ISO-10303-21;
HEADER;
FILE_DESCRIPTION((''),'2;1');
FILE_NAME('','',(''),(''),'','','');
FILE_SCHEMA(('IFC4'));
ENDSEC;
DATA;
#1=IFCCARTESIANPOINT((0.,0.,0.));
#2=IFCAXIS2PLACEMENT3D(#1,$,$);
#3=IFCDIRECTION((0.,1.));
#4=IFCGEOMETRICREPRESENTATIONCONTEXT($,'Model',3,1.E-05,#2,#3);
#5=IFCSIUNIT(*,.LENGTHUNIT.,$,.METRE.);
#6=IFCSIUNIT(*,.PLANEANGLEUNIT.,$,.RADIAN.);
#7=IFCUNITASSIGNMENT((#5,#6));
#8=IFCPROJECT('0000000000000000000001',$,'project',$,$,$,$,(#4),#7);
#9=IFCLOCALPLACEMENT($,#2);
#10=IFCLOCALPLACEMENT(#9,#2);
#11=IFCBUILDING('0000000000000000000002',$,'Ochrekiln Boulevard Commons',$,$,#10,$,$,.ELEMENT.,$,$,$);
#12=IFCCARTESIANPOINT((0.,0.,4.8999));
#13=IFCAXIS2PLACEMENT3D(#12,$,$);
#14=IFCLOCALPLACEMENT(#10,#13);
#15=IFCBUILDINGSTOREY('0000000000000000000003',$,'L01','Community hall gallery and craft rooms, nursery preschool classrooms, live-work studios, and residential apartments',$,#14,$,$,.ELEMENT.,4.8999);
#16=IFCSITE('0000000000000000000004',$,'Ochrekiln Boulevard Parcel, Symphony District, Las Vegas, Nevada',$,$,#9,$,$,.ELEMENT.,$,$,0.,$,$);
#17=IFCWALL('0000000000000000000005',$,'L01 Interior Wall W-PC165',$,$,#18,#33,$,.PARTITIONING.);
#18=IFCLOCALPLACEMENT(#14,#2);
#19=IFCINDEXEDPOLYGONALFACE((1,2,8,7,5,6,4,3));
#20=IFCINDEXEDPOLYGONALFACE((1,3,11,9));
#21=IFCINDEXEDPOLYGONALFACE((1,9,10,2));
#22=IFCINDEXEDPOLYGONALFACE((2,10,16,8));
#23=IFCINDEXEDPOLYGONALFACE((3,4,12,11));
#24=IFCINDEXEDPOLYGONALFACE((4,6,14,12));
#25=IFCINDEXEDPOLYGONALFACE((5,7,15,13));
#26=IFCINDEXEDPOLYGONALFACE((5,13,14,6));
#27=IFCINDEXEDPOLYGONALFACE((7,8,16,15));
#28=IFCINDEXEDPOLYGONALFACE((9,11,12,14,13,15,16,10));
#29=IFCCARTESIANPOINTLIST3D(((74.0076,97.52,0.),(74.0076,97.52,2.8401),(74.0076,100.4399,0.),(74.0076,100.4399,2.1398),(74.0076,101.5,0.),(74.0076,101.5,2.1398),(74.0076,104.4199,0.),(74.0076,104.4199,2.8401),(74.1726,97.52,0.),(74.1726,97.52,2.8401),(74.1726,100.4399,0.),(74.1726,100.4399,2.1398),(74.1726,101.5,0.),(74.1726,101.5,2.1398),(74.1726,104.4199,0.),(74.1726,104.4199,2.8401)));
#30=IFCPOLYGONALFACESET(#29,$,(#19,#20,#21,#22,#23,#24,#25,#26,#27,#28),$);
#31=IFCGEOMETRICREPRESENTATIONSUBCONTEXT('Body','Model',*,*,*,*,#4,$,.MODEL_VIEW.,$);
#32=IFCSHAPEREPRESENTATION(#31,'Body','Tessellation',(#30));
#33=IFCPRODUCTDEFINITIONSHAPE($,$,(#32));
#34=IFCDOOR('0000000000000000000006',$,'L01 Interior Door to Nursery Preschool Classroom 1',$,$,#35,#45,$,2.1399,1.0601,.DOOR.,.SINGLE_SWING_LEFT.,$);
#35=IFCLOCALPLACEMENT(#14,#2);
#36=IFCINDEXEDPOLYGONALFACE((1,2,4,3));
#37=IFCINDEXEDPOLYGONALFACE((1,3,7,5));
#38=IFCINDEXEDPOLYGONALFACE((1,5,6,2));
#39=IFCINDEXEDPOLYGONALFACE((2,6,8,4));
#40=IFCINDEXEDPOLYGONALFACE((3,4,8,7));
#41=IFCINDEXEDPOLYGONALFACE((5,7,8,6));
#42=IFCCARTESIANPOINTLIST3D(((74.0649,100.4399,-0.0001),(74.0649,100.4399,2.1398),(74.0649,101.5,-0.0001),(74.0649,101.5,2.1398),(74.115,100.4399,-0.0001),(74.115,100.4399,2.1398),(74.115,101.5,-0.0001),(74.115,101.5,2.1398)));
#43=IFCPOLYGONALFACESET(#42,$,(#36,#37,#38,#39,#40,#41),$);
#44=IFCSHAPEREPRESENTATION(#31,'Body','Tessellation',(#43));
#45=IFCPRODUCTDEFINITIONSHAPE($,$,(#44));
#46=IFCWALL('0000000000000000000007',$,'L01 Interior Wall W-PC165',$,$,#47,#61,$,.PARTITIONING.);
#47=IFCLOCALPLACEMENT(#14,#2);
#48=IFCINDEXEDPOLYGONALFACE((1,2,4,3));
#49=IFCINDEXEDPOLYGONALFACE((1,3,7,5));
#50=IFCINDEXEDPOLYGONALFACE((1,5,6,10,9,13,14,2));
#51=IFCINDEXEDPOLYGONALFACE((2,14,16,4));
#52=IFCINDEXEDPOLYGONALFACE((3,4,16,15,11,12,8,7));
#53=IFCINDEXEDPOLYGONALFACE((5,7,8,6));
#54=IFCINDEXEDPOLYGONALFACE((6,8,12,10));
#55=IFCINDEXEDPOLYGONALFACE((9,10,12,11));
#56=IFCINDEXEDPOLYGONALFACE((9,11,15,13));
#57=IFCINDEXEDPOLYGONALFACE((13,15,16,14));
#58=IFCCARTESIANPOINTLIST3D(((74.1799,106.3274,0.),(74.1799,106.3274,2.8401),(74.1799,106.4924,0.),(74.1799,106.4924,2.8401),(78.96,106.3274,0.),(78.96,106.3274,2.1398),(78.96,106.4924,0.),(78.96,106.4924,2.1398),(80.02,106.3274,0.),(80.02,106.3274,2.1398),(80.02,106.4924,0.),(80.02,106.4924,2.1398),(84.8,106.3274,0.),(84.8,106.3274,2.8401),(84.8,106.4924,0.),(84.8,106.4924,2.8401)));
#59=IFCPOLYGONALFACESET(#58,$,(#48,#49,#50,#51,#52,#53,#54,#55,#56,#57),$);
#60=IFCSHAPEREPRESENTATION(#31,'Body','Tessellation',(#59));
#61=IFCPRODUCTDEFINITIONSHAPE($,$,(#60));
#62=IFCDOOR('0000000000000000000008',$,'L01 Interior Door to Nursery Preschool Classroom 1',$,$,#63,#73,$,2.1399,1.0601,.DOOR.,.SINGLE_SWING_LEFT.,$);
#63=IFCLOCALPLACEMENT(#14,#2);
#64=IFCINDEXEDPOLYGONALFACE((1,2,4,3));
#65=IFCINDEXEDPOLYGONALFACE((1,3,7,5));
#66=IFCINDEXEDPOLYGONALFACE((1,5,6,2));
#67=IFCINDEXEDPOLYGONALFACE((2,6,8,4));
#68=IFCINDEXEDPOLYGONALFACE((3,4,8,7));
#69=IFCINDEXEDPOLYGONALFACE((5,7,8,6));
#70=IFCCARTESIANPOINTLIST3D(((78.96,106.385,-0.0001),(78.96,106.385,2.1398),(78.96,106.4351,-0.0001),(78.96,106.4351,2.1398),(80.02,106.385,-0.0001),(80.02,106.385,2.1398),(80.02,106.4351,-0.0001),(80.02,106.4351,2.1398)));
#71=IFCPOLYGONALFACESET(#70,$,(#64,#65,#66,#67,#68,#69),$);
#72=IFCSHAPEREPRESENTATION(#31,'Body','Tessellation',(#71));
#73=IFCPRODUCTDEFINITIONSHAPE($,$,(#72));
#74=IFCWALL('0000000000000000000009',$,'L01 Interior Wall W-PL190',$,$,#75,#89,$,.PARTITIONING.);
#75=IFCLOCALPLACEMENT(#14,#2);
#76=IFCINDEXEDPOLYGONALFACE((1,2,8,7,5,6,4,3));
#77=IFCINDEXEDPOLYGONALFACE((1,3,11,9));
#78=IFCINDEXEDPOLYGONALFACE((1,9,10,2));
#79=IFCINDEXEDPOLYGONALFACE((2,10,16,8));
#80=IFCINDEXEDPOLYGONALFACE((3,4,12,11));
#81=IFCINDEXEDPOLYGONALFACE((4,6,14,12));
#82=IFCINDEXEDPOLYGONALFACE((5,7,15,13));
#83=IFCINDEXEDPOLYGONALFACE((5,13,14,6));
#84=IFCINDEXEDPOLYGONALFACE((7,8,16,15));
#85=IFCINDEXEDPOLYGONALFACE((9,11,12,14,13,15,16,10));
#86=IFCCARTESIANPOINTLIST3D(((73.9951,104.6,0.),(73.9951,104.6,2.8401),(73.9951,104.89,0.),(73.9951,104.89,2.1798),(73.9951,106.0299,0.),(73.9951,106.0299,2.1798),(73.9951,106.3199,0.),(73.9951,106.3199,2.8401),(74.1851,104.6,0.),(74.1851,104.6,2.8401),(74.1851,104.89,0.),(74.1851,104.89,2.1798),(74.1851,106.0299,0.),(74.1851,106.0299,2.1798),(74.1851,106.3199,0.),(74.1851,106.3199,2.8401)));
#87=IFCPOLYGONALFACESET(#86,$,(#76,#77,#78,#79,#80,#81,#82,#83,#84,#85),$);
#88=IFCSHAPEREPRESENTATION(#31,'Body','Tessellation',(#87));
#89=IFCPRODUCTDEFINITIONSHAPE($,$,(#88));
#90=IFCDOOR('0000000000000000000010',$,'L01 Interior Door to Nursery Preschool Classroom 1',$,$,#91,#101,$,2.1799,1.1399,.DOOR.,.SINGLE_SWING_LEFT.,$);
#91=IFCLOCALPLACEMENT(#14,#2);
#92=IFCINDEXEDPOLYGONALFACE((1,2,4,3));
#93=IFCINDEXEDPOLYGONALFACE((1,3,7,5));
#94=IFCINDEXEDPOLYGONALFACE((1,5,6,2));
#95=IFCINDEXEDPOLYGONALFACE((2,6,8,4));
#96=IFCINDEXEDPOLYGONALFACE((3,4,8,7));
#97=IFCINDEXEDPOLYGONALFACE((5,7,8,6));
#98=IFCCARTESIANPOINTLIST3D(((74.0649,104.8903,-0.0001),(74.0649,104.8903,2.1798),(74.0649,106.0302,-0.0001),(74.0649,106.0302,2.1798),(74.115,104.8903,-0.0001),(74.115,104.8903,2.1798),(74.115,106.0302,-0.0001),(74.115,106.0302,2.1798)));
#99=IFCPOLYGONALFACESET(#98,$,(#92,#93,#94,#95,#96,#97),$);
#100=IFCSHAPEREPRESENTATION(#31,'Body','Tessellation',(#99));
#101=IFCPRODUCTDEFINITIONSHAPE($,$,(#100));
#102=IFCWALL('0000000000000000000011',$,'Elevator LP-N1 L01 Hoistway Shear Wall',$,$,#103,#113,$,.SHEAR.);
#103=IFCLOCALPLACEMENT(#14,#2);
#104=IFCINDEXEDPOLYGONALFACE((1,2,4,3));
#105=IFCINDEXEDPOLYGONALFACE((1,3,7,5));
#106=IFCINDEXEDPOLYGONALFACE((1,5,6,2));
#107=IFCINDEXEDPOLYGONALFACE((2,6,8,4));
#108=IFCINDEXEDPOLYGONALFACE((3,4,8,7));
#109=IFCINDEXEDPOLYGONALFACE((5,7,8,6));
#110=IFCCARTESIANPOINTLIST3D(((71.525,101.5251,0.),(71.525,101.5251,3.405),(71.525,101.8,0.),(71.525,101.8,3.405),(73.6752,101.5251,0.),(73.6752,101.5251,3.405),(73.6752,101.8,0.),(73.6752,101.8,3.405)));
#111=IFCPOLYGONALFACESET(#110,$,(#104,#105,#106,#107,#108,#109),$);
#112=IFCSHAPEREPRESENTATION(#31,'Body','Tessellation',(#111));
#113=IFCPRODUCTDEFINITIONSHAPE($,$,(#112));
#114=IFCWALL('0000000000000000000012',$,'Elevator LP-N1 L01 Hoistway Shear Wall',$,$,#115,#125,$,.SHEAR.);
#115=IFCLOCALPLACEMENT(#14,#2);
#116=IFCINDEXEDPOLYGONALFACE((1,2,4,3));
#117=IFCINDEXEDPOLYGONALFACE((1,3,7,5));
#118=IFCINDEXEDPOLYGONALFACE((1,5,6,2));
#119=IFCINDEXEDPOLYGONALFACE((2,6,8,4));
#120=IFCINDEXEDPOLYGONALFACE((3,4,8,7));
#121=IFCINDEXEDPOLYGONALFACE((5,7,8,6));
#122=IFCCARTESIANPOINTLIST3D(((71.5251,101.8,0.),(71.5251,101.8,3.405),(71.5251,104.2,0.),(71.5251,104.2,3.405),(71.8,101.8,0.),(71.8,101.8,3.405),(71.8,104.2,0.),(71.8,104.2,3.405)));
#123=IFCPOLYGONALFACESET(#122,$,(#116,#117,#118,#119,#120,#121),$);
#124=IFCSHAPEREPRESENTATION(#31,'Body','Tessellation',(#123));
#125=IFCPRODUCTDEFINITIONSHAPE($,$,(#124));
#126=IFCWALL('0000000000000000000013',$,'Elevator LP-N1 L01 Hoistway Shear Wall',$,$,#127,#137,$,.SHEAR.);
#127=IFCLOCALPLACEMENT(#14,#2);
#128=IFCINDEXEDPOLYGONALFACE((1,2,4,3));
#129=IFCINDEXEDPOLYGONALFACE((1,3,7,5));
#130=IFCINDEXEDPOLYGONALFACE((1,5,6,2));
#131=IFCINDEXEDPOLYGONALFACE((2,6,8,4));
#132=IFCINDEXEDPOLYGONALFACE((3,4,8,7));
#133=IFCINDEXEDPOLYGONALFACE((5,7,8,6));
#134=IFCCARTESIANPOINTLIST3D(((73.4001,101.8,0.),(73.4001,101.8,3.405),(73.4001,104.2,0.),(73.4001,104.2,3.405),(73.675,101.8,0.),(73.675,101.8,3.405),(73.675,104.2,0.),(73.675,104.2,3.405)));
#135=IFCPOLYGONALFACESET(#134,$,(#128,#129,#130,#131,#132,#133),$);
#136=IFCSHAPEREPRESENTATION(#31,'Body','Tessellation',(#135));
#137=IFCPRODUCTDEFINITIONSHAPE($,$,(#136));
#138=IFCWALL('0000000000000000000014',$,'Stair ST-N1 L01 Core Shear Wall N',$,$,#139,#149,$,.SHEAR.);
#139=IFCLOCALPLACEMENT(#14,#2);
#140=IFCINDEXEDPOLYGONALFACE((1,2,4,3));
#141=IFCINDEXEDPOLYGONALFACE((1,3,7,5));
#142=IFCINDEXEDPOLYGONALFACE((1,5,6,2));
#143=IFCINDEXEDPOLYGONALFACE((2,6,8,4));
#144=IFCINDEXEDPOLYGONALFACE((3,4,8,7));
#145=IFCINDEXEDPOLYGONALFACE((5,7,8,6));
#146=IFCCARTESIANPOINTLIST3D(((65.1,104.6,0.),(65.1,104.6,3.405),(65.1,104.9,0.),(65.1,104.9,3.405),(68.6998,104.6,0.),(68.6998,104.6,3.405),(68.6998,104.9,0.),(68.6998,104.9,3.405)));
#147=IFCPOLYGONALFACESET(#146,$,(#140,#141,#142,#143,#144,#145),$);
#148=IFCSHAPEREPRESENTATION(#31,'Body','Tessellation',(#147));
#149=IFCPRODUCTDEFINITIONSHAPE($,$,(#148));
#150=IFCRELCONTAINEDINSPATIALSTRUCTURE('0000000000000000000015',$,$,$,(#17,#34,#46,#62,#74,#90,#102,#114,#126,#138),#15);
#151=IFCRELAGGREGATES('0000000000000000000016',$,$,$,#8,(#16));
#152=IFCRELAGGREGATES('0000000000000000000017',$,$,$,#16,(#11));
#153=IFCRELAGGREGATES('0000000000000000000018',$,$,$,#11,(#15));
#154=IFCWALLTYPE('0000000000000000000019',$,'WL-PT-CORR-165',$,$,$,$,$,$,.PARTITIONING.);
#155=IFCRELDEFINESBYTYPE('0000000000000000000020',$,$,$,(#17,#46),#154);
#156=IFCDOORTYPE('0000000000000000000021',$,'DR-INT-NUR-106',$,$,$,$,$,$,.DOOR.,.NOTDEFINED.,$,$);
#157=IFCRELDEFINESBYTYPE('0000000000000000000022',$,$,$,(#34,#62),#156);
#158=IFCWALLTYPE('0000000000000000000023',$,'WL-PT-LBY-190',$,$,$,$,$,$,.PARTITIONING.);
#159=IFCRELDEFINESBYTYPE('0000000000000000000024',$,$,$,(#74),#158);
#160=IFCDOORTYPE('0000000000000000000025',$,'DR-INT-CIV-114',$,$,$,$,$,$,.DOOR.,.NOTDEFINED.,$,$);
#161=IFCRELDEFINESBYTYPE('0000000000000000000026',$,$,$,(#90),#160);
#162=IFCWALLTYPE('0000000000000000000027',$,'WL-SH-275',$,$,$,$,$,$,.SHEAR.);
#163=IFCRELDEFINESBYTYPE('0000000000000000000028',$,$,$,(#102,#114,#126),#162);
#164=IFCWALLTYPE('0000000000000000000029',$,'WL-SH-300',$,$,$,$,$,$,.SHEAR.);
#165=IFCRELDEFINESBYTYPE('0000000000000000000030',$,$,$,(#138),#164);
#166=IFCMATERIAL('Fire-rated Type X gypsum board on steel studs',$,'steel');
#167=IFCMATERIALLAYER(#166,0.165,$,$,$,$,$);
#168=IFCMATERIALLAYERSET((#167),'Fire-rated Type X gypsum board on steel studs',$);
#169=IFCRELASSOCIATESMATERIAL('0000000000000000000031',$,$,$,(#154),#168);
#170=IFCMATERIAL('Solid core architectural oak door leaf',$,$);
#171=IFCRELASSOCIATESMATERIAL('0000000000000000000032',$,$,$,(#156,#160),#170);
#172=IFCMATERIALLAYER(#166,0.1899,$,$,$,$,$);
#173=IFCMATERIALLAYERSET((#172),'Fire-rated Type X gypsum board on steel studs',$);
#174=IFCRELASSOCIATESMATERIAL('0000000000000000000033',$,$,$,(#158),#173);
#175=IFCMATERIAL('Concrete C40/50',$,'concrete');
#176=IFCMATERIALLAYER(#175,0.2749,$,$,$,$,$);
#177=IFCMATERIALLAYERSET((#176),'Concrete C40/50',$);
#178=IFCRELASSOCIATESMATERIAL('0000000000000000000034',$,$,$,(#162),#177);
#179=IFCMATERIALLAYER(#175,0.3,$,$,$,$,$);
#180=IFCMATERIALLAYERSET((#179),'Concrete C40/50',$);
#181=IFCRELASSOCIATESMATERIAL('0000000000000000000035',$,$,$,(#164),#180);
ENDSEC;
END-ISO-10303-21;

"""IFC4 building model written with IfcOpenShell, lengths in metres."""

from ifc_helpers import new_model, si_unit, direction, frame, frame_2d, origin, place, context, subcontext, project, spatial, rectangle, extrude, material, layer, layer_set, type_object, element, fill, save


model = new_model("IFC4")

# Units and contexts
model_context = context("Model", 3, precision=1e-05, world=origin(), true_north=direction((0.0, 1.0)))
body_context = subcontext(model_context, "Body", "Model", "MODEL_VIEW")
ifc_project = project(units=[si_unit("LENGTHUNIT", "METRE"), si_unit("PLANEANGLEUNIT", "RADIAN")], contexts=[model_context])

# Site, building, storey
site_placement = place(None, origin())
site = spatial("IfcSite", under=ifc_project, at=site_placement, Name="Ochrekiln Boulevard Parcel, Symphony District, Las Vegas, Nevada", CompositionType="ELEMENT", RefElevation=0.0)
building_placement = place(site_placement, origin())
building = spatial("IfcBuilding", under=site, at=building_placement, Name="Ochrekiln Boulevard Commons", CompositionType="ELEMENT")
storey_placement = place(building_placement, frame((0.0, 0.0, 4.8999)))
storey = spatial("IfcBuildingStorey", under=building, at=storey_placement, Name="L01", Description="Community hall gallery and craft rooms, nursery preschool classrooms, live-work studios, and residential apartments", CompositionType="ELEMENT", Elevation=4.8999)

# Shared definitions
ifc_material_1 = material(Name="Concrete C40/50", Category="concrete")

# Walls, openings, doors
ifc_material_2 = material(Name="Fire-rated Type X gypsum board on steel studs", Category="steel")
ifc_layer_1 = layer(ifc_material_2, 0.165)
ifc_layer_set_1 = layer_set([ifc_layer_1], Name="Fire-rated Type X gypsum board on steel studs")
wall_type_1 = type_object("IfcWallType", Name="WL-PT-CORR-165", PredefinedType="PARTITIONING", material=ifc_layer_set_1)
wall_1_placement = place(storey_placement, frame((74.0901, 97.52, 0.0), z_axis=(0.0, 0.0, 1.0), x_axis=(0.0, 1.0, 0.0)))
wall_1 = element("IfcWall", 1, at=wall_1_placement, inside=storey, type_object=wall_type_1, Name="L01 Interior Wall W-PC165", PredefinedType="PARTITIONING", context=body_context, shape_type="SweptSolid", body=[
    extrude(rectangle(XDim=6.8999, YDim=0.165, at=frame_2d((3.45, 0.0))), origin(), (0.0, 0.0, 1.0), 2.8401),
])
opening_1_placement = place(wall_1_placement, frame((2.9199, 0.0, 0.0)))
opening_1 = element("IfcOpeningElement", 2, at=opening_1_placement, cuts=wall_1, PredefinedType="OPENING", context=body_context, shape_type="SweptSolid", body=[
    extrude(rectangle(XDim=1.0601, YDim=2.1399, at=frame_2d((0.53, 1.0698))), frame((0.0, 0.0925, 0.0), z_axis=(0.0, -1.0, 0.0), x_axis=(1.0, 0.0, 0.0)), (0.0, 0.0, 1.0), 0.1851),
])
ifc_material_3 = material(Name="Solid core architectural oak door leaf")
door_type_1 = type_object("IfcDoorType", Name="DR-INT-NUR-106", OperationType="NOTDEFINED", PredefinedType="DOOR", material=ifc_material_3)
door_1_placement = place(opening_1_placement, frame((1.0601, 0.0, 0.0), z_axis=(0.0, 0.0, 1.0), x_axis=(-1.0, 0.0, 0.0)))
door_1 = element("IfcDoor", 3, at=door_1_placement, inside=storey, type_object=door_type_1, Name="L01 Interior Door to Nursery Preschool Classroom 1", OperationType="SINGLE_SWING_LEFT", OverallHeight=2.1399, OverallWidth=1.0601, PredefinedType="DOOR", context=body_context, shape_type="SweptSolid", body=[
    extrude(rectangle(XDim=1.0601, YDim=2.1399, at=frame_2d((0.53, 1.0698))), frame((0.0, 0.0249, 0.0), z_axis=(0.0, -1.0, 0.0), x_axis=(1.0, 0.0, 0.0)), (0.0, 0.0, 1.0), 0.05),
])
fill(opening_1, door_1)
wall_2_placement = place(storey_placement, frame((74.1799, 106.4099, 0.0), z_axis=(0.0, 0.0, 1.0), x_axis=(1.0, 0.0, 0.0)))
wall_2 = element("IfcWall", 4, at=wall_2_placement, inside=storey, type_object=wall_type_1, Name="L01 Interior Wall W-PC165", PredefinedType="PARTITIONING", context=body_context, shape_type="SweptSolid", body=[
    extrude(rectangle(XDim=10.6201, YDim=0.165, at=frame_2d((5.3101, 0.0))), origin(), (0.0, 0.0, 1.0), 2.8401),
])
opening_2_placement = place(wall_2_placement, frame((4.78, 0.0, 0.0)))
opening_2 = element("IfcOpeningElement", 5, at=opening_2_placement, cuts=wall_2, PredefinedType="OPENING", context=body_context, shape_type="SweptSolid", body=[
    extrude(rectangle(XDim=1.0601, YDim=2.1399, at=frame_2d((0.53, 1.0698))), frame((0.0, 0.0925, 0.0), z_axis=(0.0, -1.0, 0.0), x_axis=(1.0, 0.0, 0.0)), (0.0, 0.0, 1.0), 0.1851),
])
door_2_placement = place(opening_2_placement, frame((1.0601, 0.0, 0.0), z_axis=(0.0, 0.0, 1.0), x_axis=(-1.0, 0.0, 0.0)))
door_2 = element("IfcDoor", 6, at=door_2_placement, inside=storey, type_object=door_type_1, Name="L01 Interior Door to Nursery Preschool Classroom 1", OperationType="SINGLE_SWING_LEFT", OverallHeight=2.1399, OverallWidth=1.0601, PredefinedType="DOOR", context=body_context, shape_type="SweptSolid", body=[
    extrude(rectangle(XDim=1.0601, YDim=2.1399, at=frame_2d((0.53, 1.0698))), frame((0.0, 0.0249, 0.0), z_axis=(0.0, -1.0, 0.0), x_axis=(1.0, 0.0, 0.0)), (0.0, 0.0, 1.0), 0.05),
])
fill(opening_2, door_2)
ifc_layer_2 = layer(ifc_material_2, 0.1899)
ifc_layer_set_2 = layer_set([ifc_layer_2], Name="Fire-rated Type X gypsum board on steel studs")
wall_type_2 = type_object("IfcWallType", Name="WL-PT-LBY-190", PredefinedType="PARTITIONING", material=ifc_layer_set_2)
wall_3_placement = place(storey_placement, frame((74.0901, 104.6001, 0.0), z_axis=(0.0, 0.0, 1.0), x_axis=(0.0, 1.0, 0.0)))
wall_3 = element("IfcWall", 7, at=wall_3_placement, inside=storey, type_object=wall_type_2, Name="L01 Interior Wall W-PL190", PredefinedType="PARTITIONING", context=body_context, shape_type="SweptSolid", body=[
    extrude(rectangle(XDim=1.72, YDim=0.1899, at=frame_2d((0.8599, 0.0))), origin(), (0.0, 0.0, 1.0), 2.8401),
])
opening_3_placement = place(wall_3_placement, frame((0.29, 0.0, 0.0)))
opening_3 = element("IfcOpeningElement", 8, at=opening_3_placement, cuts=wall_3, PredefinedType="OPENING", context=body_context, shape_type="SweptSolid", body=[
    extrude(rectangle(XDim=1.1399, YDim=2.1799, at=frame_2d((0.5698, 1.0898))), frame((0.0, 0.105, 0.0), z_axis=(0.0, -1.0, 0.0), x_axis=(1.0, 0.0, 0.0)), (0.0, 0.0, 1.0), 0.21),
])
door_type_2 = type_object("IfcDoorType", Name="DR-INT-CIV-114", OperationType="NOTDEFINED", PredefinedType="DOOR", material=ifc_material_3)
door_3_placement = place(opening_3_placement, frame((1.1399, 0.0, 0.0), z_axis=(0.0, 0.0, 1.0), x_axis=(-1.0, 0.0, 0.0)))
door_3 = element("IfcDoor", 9, at=door_3_placement, inside=storey, type_object=door_type_2, Name="L01 Interior Door to Nursery Preschool Classroom 1", OperationType="SINGLE_SWING_LEFT", OverallHeight=2.1799, OverallWidth=1.1399, PredefinedType="DOOR", context=body_context, shape_type="SweptSolid", body=[
    extrude(rectangle(XDim=1.1399, YDim=2.1799, at=frame_2d((0.5698, 1.0898))), frame((0.0, 0.0249, 0.0), z_axis=(0.0, -1.0, 0.0), x_axis=(1.0, 0.0, 0.0)), (0.0, 0.0, 1.0), 0.05),
])
fill(opening_3, door_3)

# Wall
ifc_layer_3 = layer(ifc_material_1, 0.2749)
ifc_layer_set_3 = layer_set([ifc_layer_3], Name="Concrete C40/50")
wall_type_3 = type_object("IfcWallType", Name="WL-SH-275", PredefinedType="SHEAR", material=ifc_layer_set_3)
wall_4_placement = place(storey_placement, frame((71.5249, 101.6626, 0.0), z_axis=(0.0, 0.0, 1.0), x_axis=(1.0, 0.0, 0.0)))
element("IfcWall", 10, at=wall_4_placement, inside=storey, type_object=wall_type_3, Name="Elevator LP-N1 L01 Hoistway Shear Wall", PredefinedType="SHEAR", context=body_context, shape_type="SweptSolid", body=[
    extrude(rectangle(XDim=2.1501, YDim=0.2749, at=frame_2d((1.0752, 0.0))), origin(), (0.0, 0.0, 1.0), 3.405),
])

# Walls
for number, where, z_axis, x_axis, name in (
    (11, (71.6626, 101.8, 0.0), (0.0, 0.0, 1.0), (0.0, 1.0, 0.0), "Elevator LP-N1 L01 Hoistway Shear Wall"),
    (12, (73.5376, 101.8, 0.0), (0.0, 0.0, 1.0), (0.0, 1.0, 0.0), "Elevator LP-N1 L01 Hoistway Shear Wall"),
):
    element("IfcWall", number, at=place(storey_placement, frame(where, z_axis=z_axis, x_axis=x_axis)), inside=storey, type_object=wall_type_3, Name=name, PredefinedType="SHEAR", context=body_context, shape_type="SweptSolid", body=[
        extrude(rectangle(XDim=2.3999, YDim=0.2749, at=frame_2d((1.2, 0.0))), origin(), (0.0, 0.0, 1.0), 3.405),
    ])
ifc_layer_4 = layer(ifc_material_1, 0.3)
ifc_layer_set_4 = layer_set([ifc_layer_4], Name="Concrete C40/50")
wall_type_4 = type_object("IfcWallType", Name="WL-SH-300", PredefinedType="SHEAR", material=ifc_layer_set_4)
wall_5_placement = place(storey_placement, frame((65.1001, 104.75, 0.0), z_axis=(0.0, 0.0, 1.0), x_axis=(1.0, 0.0, 0.0)))
element("IfcWall", 13, at=wall_5_placement, inside=storey, type_object=wall_type_4, Name="Stair ST-N1 L01 Core Shear Wall N", PredefinedType="SHEAR", context=body_context, shape_type="SweptSolid", body=[
    extrude(rectangle(XDim=3.5999, YDim=0.3, at=frame_2d((1.7998, 0.0))), origin(), (0.0, 0.0, 1.0), 3.405),
])

save(model, "model.ifc")
